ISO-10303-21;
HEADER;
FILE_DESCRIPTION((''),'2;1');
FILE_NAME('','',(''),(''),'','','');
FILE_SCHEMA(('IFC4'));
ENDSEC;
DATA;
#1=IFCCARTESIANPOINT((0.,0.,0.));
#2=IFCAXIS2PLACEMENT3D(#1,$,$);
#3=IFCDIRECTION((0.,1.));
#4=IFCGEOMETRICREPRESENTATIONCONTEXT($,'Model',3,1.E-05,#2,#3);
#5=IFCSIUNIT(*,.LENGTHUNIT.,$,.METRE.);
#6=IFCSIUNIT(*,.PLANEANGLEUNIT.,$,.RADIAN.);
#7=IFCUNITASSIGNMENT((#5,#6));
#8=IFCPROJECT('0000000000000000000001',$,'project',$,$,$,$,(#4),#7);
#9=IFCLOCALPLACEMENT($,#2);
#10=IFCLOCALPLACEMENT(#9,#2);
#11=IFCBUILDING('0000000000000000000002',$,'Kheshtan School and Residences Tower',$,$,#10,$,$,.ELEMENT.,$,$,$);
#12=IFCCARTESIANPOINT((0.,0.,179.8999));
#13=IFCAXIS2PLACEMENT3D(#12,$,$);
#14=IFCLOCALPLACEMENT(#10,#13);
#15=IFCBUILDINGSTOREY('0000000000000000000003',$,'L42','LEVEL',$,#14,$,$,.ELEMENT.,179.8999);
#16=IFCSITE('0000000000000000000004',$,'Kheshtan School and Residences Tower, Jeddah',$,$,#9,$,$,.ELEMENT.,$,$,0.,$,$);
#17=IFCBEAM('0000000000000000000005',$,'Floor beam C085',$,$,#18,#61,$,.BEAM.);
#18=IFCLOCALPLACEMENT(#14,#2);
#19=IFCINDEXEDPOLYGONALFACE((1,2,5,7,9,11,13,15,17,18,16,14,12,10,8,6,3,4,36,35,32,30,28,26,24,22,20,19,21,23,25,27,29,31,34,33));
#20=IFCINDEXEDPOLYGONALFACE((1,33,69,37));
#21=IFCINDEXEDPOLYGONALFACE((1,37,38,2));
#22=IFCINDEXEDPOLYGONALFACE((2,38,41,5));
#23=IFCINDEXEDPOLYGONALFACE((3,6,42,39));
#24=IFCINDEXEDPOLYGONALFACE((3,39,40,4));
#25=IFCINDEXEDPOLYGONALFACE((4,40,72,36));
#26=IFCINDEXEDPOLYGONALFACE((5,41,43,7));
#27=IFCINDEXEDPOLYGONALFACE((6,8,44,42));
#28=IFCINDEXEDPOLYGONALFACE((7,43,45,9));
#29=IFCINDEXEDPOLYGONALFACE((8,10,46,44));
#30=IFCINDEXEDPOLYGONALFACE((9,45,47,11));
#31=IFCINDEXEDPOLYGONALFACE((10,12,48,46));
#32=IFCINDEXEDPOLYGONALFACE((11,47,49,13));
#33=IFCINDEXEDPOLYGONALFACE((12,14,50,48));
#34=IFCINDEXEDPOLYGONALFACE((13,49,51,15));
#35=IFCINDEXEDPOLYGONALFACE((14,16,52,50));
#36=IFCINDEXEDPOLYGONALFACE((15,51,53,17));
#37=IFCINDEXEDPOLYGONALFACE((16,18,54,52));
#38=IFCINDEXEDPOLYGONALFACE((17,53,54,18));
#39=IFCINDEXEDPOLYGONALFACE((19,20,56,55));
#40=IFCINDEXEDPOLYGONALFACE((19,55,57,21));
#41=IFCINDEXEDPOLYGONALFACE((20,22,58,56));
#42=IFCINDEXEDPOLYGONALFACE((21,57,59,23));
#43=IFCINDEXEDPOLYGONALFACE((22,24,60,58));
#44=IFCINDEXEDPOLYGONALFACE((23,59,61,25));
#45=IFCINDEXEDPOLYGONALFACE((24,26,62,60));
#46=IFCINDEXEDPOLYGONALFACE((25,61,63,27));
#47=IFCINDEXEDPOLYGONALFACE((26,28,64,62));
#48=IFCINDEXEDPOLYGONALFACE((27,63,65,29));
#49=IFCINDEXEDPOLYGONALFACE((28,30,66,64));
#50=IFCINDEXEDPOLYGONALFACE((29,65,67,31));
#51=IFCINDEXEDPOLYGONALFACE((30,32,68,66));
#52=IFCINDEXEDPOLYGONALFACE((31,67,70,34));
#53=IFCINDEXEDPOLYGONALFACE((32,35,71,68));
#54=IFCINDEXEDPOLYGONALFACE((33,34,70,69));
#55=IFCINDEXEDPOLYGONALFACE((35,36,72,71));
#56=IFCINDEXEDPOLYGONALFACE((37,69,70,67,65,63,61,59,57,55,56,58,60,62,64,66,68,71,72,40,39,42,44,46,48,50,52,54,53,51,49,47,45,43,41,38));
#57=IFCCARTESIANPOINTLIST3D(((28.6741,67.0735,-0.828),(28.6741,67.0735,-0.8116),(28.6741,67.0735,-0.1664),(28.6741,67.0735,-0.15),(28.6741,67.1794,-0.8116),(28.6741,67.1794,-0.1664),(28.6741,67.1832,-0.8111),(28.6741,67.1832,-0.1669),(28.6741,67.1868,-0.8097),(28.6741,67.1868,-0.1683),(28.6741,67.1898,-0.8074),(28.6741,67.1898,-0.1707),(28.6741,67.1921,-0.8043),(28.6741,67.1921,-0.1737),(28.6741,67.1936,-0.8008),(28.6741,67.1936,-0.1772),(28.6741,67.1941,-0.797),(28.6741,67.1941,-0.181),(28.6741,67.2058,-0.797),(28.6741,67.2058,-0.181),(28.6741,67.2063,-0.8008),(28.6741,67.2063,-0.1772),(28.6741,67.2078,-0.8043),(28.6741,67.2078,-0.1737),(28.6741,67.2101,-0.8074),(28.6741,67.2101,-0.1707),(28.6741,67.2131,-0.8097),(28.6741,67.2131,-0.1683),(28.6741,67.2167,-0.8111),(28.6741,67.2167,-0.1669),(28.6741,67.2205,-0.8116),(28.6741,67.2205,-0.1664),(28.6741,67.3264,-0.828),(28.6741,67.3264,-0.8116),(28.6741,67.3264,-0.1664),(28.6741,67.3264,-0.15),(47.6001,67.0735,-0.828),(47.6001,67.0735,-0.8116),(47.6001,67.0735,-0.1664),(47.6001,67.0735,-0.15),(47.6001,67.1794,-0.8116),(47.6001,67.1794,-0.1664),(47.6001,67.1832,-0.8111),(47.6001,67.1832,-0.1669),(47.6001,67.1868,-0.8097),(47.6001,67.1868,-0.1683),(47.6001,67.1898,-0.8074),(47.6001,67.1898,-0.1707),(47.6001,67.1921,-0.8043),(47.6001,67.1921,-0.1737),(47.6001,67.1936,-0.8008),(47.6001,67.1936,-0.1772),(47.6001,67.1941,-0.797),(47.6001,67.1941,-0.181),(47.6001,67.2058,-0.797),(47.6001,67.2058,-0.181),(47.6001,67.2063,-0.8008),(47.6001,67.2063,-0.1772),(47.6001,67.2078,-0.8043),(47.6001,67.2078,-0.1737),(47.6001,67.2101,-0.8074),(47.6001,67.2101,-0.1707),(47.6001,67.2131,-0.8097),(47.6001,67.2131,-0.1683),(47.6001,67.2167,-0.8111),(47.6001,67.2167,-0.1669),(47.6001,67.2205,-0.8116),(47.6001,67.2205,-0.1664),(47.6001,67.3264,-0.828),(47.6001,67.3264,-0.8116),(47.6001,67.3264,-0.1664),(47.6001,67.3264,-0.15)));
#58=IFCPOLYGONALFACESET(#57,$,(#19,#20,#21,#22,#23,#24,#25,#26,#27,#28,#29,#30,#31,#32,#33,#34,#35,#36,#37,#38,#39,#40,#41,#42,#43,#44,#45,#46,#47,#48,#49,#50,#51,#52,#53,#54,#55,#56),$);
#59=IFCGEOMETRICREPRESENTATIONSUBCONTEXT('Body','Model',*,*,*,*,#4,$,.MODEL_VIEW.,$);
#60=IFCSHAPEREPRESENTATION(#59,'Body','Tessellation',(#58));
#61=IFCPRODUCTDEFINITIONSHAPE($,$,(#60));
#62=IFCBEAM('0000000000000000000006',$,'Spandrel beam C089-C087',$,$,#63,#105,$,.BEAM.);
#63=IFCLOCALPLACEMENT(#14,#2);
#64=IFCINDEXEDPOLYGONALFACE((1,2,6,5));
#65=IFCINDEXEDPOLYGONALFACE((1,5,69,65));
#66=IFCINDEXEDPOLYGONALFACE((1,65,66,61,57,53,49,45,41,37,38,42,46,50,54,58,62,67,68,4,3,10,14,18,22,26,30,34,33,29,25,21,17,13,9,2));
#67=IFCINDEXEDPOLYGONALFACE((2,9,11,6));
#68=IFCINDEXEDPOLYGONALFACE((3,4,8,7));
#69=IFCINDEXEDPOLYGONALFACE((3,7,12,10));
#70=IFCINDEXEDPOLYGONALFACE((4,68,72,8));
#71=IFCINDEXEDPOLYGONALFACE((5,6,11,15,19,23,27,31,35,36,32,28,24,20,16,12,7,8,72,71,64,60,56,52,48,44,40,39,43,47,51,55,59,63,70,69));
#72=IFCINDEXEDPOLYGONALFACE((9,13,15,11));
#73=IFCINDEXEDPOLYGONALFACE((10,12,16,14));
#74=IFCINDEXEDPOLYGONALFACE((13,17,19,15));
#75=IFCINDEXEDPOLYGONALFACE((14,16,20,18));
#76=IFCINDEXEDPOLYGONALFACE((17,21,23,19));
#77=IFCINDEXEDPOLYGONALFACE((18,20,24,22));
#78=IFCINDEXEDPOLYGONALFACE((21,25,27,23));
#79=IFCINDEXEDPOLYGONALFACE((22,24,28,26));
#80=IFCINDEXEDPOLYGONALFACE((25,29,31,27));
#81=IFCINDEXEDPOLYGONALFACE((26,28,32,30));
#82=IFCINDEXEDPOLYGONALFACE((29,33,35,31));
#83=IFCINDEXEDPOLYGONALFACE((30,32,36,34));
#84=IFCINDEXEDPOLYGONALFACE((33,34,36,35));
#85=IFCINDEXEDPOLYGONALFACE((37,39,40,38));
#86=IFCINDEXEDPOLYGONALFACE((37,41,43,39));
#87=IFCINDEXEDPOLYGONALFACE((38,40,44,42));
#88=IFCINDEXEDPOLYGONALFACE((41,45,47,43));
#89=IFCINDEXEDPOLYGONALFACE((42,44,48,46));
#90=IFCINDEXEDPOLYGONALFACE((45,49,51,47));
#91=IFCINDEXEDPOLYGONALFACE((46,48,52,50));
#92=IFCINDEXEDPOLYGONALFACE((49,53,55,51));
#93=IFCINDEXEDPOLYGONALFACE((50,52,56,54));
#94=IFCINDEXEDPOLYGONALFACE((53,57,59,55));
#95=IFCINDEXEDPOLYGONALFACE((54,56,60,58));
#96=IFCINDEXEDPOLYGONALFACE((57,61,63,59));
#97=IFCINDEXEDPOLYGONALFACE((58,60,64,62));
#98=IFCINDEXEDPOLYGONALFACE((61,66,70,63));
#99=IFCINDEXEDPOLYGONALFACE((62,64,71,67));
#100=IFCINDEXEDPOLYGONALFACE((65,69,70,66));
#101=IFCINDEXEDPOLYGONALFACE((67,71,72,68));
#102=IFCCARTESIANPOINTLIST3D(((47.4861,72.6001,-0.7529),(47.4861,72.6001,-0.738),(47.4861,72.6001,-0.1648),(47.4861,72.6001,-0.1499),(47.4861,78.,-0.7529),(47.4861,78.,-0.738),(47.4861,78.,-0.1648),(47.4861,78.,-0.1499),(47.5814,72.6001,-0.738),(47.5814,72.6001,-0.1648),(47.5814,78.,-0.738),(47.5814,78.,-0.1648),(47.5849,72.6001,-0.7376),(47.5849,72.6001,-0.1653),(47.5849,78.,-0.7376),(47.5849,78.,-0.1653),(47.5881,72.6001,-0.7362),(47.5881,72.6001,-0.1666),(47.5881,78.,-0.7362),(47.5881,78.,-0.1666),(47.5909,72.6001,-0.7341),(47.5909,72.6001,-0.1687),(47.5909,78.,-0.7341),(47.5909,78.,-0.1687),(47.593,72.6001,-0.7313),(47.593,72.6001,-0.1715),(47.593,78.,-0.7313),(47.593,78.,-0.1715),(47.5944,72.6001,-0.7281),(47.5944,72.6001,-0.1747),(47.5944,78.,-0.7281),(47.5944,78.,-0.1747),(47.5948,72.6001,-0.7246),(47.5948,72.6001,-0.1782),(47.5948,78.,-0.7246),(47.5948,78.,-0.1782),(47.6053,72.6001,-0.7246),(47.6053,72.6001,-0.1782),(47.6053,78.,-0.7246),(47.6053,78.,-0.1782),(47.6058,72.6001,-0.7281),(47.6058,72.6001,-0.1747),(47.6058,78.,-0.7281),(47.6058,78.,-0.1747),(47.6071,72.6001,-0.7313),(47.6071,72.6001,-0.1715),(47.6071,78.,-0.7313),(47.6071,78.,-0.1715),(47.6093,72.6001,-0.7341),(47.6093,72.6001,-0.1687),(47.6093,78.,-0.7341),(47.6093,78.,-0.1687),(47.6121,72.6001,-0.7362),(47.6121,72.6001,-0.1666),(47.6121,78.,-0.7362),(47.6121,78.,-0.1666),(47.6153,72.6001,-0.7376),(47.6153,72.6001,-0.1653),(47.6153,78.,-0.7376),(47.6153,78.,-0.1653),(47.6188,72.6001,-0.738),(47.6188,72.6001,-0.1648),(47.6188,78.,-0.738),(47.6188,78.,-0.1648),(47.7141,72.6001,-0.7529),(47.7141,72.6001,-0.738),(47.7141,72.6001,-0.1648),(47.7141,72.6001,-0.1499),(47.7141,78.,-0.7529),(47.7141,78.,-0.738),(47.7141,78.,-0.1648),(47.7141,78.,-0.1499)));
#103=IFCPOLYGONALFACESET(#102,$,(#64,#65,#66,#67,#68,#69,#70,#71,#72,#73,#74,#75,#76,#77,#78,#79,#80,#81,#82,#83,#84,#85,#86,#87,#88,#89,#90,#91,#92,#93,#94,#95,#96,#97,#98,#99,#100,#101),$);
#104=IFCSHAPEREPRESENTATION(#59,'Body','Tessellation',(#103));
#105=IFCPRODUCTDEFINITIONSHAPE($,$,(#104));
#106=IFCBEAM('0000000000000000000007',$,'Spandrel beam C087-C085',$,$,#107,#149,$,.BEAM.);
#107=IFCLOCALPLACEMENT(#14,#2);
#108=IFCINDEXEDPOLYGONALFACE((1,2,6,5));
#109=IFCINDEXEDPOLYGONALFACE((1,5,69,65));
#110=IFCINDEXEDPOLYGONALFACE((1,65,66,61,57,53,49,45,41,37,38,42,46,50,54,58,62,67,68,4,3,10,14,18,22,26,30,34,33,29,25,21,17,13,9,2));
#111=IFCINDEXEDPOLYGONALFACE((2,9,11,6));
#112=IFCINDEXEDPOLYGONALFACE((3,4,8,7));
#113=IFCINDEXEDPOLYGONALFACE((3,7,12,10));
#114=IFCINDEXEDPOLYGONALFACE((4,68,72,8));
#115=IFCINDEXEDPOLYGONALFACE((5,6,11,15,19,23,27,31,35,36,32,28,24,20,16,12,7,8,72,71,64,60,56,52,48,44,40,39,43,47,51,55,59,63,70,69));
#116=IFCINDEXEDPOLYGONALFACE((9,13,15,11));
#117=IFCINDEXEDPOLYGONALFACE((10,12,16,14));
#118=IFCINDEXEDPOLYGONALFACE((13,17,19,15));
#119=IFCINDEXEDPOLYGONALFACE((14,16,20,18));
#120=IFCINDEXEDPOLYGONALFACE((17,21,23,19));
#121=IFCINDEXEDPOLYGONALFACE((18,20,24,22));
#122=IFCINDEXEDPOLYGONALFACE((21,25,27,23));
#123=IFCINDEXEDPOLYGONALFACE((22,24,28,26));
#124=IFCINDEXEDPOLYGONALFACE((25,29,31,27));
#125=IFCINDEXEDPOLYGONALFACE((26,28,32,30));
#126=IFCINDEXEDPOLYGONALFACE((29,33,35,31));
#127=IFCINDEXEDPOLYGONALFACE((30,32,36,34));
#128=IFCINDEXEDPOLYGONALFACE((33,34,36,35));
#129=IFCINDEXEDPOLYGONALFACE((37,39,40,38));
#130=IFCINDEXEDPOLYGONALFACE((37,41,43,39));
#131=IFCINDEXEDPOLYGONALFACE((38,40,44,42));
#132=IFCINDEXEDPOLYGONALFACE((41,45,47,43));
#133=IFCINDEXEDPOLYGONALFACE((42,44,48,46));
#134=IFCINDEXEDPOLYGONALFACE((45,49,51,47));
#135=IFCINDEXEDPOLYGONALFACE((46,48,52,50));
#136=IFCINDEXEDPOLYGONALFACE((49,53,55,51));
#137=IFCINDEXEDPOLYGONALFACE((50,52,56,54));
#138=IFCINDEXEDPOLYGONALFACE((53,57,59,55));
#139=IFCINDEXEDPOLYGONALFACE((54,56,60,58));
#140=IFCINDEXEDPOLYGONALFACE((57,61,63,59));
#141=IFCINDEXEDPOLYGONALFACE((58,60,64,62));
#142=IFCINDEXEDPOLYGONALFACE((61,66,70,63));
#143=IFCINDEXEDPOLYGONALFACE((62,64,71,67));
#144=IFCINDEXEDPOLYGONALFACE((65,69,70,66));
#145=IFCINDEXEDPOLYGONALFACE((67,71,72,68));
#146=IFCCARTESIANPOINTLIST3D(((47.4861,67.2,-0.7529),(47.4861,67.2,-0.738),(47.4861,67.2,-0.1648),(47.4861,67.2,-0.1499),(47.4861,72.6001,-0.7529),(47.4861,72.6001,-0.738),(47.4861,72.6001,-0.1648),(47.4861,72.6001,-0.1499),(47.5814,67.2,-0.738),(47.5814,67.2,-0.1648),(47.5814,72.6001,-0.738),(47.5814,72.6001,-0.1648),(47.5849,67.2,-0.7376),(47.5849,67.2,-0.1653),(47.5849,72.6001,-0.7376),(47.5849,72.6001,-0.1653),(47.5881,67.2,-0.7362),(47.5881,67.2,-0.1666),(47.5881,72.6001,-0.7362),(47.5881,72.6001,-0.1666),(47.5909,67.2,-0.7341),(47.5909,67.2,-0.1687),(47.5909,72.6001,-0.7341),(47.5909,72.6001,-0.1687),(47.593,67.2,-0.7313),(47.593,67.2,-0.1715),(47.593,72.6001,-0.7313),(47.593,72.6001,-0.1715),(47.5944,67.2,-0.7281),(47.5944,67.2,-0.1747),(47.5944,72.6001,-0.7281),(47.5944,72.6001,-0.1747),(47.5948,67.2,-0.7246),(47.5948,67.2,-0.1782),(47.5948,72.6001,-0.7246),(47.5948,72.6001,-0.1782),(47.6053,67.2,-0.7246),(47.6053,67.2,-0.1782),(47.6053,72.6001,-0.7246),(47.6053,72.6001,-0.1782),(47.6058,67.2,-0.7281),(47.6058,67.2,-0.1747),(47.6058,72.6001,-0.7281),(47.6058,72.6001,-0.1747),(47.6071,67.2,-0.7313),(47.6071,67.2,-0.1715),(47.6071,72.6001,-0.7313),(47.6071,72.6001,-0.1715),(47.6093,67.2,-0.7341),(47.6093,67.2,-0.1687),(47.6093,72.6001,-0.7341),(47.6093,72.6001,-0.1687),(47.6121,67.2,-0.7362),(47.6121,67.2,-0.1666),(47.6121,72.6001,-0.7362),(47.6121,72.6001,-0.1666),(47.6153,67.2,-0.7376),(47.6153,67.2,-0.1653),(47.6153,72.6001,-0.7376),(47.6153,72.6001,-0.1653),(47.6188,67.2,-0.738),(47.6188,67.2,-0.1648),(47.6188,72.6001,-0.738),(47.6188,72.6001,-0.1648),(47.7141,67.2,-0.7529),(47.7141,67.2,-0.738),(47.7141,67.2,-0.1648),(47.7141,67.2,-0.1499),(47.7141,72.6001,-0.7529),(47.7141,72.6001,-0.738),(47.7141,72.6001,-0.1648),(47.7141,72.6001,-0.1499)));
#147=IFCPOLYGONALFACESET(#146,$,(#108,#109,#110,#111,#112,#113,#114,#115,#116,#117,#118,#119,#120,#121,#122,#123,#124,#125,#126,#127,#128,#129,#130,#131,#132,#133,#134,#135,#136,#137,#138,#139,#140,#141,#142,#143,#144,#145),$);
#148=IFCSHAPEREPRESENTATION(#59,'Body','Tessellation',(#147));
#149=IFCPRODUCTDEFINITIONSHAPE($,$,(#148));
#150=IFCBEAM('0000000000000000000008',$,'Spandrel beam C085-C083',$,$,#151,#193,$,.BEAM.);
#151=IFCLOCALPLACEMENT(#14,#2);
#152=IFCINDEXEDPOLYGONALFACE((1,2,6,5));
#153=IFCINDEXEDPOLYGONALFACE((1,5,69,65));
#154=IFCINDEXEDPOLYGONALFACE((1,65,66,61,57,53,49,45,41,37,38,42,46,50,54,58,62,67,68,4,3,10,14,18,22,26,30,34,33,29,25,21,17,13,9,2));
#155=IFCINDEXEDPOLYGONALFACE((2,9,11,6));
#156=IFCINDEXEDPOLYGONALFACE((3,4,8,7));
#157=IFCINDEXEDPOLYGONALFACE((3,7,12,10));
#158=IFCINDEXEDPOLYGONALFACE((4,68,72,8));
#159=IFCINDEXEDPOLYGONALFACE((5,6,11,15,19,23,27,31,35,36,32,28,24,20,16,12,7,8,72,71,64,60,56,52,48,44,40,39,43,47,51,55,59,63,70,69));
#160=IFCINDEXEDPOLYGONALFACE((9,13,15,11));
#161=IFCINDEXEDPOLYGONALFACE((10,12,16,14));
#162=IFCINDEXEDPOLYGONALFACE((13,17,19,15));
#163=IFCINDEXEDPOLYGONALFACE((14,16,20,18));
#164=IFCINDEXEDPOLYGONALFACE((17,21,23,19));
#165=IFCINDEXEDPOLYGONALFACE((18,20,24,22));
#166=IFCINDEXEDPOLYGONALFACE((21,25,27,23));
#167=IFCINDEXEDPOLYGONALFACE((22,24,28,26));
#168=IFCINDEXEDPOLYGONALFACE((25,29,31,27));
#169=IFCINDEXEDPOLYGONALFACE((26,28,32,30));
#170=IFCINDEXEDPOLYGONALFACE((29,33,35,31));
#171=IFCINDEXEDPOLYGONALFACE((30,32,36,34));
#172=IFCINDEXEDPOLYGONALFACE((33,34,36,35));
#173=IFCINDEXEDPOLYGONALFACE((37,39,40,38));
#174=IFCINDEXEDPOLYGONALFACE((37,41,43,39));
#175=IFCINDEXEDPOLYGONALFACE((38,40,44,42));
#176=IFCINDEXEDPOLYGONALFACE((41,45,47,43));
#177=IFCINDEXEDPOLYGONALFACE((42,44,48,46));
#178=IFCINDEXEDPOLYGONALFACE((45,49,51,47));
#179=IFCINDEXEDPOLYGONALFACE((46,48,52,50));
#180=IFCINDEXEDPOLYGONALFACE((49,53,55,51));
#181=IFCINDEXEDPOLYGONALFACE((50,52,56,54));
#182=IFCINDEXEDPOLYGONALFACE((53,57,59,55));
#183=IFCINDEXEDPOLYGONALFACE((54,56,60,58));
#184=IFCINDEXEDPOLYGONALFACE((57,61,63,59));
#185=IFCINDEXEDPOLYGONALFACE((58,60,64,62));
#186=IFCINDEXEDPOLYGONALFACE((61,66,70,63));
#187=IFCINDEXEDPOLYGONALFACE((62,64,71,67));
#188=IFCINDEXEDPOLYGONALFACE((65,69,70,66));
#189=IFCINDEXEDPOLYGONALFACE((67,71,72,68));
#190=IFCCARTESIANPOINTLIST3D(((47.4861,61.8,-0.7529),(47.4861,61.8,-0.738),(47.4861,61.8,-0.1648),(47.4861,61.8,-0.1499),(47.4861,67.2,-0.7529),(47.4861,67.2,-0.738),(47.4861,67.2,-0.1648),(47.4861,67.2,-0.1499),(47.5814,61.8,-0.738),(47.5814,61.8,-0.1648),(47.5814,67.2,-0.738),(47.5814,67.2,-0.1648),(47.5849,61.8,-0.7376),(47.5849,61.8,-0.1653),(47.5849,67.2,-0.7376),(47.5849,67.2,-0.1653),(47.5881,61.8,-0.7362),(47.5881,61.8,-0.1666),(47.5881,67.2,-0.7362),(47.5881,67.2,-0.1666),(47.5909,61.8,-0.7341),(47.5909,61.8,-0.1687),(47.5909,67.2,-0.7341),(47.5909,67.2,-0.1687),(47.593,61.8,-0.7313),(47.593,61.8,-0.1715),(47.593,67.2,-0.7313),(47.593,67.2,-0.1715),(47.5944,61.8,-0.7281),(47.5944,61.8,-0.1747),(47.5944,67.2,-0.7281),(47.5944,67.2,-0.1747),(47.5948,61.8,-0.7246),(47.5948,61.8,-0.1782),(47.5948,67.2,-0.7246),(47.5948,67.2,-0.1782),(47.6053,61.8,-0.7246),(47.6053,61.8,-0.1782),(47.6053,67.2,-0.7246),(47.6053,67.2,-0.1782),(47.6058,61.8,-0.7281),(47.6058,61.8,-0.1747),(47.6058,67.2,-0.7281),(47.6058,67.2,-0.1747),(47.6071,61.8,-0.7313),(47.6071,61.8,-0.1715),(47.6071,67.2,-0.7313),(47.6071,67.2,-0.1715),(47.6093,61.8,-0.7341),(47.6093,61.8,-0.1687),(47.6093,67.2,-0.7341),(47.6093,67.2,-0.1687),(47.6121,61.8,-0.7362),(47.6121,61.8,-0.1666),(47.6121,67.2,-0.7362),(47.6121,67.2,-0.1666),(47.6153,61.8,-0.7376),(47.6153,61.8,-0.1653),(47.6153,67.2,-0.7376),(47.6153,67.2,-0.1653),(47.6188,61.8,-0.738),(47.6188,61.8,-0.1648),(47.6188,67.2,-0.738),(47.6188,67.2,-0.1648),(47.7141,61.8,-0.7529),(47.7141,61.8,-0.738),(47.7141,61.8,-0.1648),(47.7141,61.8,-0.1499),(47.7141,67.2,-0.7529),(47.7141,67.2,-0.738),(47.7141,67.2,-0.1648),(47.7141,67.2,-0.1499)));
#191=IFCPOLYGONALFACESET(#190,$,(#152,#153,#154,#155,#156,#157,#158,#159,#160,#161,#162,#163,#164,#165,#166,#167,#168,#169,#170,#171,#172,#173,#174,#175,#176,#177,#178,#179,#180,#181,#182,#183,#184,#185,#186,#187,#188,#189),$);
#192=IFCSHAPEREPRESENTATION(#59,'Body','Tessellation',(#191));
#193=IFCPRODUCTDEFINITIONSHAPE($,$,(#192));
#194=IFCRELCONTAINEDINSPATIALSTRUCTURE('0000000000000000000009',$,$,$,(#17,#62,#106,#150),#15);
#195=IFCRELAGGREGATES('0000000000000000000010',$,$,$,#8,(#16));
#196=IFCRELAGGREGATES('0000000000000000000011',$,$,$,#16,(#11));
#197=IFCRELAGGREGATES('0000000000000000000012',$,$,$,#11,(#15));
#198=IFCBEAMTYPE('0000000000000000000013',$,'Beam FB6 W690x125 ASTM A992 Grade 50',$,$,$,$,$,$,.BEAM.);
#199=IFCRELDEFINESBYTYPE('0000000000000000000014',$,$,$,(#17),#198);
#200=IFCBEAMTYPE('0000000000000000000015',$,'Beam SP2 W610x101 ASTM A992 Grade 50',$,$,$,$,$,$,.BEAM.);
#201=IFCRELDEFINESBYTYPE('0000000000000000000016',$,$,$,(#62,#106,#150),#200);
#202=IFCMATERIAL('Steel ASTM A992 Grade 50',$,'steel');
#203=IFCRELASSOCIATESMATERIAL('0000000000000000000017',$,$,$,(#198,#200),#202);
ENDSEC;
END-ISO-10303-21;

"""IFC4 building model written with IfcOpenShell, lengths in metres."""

from ifc_helpers import new_model, si_unit, direction, frame, origin, origin_2d, place, context, subcontext, project, spatial, i_section, extrude, material, material_profile, profile_set, type_object, element, save


model = new_model("IFC4")

# Units and contexts
model_context = context("Model", 3, precision=1e-05, world=origin(), true_north=direction((0.0, 1.0)))
body_context = subcontext(model_context, "Body", "Model", "MODEL_VIEW")
ifc_project = project(units=[si_unit("LENGTHUNIT", "METRE"), si_unit("PLANEANGLEUNIT", "RADIAN")], contexts=[model_context])

# Site, building, storey
site_placement = place(None, origin())
site = spatial("IfcSite", under=ifc_project, at=site_placement, Name="Kheshtan School and Residences Tower, Jeddah", CompositionType="ELEMENT", RefElevation=0.0)
building_placement = place(site_placement, origin())
building = spatial("IfcBuilding", under=site, at=building_placement, Name="Kheshtan School and Residences Tower", CompositionType="ELEMENT")
storey_placement = place(building_placement, frame((0.0, 0.0, 179.8999)))
storey = spatial("IfcBuildingStorey", under=building, at=storey_placement, Name="L42", Description="LEVEL", CompositionType="ELEMENT", Elevation=179.8999)

# Shared definitions
ifc_material_1 = material(Name="Steel ASTM A992 Grade 50", Category="steel")

# Beams
ifc_material_profile_1 = material_profile(ifc_material_1, i_section(OverallWidth=0.2529, OverallDepth=0.678, WebThickness=0.0117, FlangeThickness=0.0164, FilletRadius=0.0146, at=origin_2d()), Name="W690x125")
ifc_profile_set_1 = profile_set([ifc_material_profile_1], Name="Steel ASTM A992 Grade 50")
beam_type_1 = type_object("IfcBeamType", Name="Beam FB6 W690x125 ASTM A992 Grade 50", PredefinedType="BEAM", material=ifc_profile_set_1)
beam_1_placement = place(storey_placement, frame((47.6001, 67.2, -0.489), z_axis=(-1.0, 0.0, 0.0), x_axis=(0.0, -1.0, 0.0)))
element("IfcBeam", 1, at=beam_1_placement, inside=storey, type_object=beam_type_1, Name="Floor beam C085", PredefinedType="BEAM", context=body_context, shape_type="SweptSolid", body=[
    extrude(i_section(OverallWidth=0.2529, OverallDepth=0.678, WebThickness=0.0117, FlangeThickness=0.0164, FilletRadius=0.0146, at=origin_2d()), origin(), (0.0, 0.0, 1.0), 18.926),
])
ifc_material_profile_2 = material_profile(ifc_material_1, i_section(OverallWidth=0.228, OverallDepth=0.603, WebThickness=0.0105, FlangeThickness=0.0149, FilletRadius=0.0134, at=origin_2d()), Name="W610x101")
ifc_profile_set_2 = profile_set([ifc_material_profile_2], Name="Steel ASTM A992 Grade 50")
beam_type_2 = type_object("IfcBeamType", Name="Beam SP2 W610x101 ASTM A992 Grade 50", PredefinedType="BEAM", material=ifc_profile_set_2)
beam_2_placement = place(storey_placement, frame((47.6001, 78.0, -0.4514), z_axis=(0.0, -1.0, 0.0), x_axis=(1.0, 0.0, 0.0)))
element("IfcBeam", 2, at=beam_2_placement, inside=storey, type_object=beam_type_2, Name="Spandrel beam C089-C087", PredefinedType="BEAM", context=body_context, shape_type="SweptSolid", body=[
    extrude(i_section(OverallWidth=0.228, OverallDepth=0.603, WebThickness=0.0105, FlangeThickness=0.0149, FilletRadius=0.0134, at=origin_2d()), origin(), (0.0, 0.0, 1.0), 5.3999),
])
beam_3_placement = place(storey_placement, frame((47.6001, 72.6001, -0.4514), z_axis=(0.0, -1.0, 0.0), x_axis=(1.0, 0.0, 0.0)))
element("IfcBeam", 3, at=beam_3_placement, inside=storey, type_object=beam_type_2, Name="Spandrel beam C087-C085", PredefinedType="BEAM", context=body_context, shape_type="SweptSolid", body=[
    extrude(i_section(OverallWidth=0.228, OverallDepth=0.603, WebThickness=0.0105, FlangeThickness=0.0149, FilletRadius=0.0134, at=origin_2d()), origin(), (0.0, 0.0, 1.0), 5.4001),
])
beam_4_placement = place(storey_placement, frame((47.6001, 67.2, -0.4514), z_axis=(0.0, -1.0, 0.0), x_axis=(1.0, 0.0, 0.0)))
element("IfcBeam", 4, at=beam_4_placement, inside=storey, type_object=beam_type_2, Name="Spandrel beam C085-C083", PredefinedType="BEAM", context=body_context, shape_type="SweptSolid", body=[
    extrude(i_section(OverallWidth=0.228, OverallDepth=0.603, WebThickness=0.0105, FlangeThickness=0.0149, FilletRadius=0.0134, at=origin_2d()), origin(), (0.0, 0.0, 1.0), 5.3999),
])

save(model, "model.ifc")
